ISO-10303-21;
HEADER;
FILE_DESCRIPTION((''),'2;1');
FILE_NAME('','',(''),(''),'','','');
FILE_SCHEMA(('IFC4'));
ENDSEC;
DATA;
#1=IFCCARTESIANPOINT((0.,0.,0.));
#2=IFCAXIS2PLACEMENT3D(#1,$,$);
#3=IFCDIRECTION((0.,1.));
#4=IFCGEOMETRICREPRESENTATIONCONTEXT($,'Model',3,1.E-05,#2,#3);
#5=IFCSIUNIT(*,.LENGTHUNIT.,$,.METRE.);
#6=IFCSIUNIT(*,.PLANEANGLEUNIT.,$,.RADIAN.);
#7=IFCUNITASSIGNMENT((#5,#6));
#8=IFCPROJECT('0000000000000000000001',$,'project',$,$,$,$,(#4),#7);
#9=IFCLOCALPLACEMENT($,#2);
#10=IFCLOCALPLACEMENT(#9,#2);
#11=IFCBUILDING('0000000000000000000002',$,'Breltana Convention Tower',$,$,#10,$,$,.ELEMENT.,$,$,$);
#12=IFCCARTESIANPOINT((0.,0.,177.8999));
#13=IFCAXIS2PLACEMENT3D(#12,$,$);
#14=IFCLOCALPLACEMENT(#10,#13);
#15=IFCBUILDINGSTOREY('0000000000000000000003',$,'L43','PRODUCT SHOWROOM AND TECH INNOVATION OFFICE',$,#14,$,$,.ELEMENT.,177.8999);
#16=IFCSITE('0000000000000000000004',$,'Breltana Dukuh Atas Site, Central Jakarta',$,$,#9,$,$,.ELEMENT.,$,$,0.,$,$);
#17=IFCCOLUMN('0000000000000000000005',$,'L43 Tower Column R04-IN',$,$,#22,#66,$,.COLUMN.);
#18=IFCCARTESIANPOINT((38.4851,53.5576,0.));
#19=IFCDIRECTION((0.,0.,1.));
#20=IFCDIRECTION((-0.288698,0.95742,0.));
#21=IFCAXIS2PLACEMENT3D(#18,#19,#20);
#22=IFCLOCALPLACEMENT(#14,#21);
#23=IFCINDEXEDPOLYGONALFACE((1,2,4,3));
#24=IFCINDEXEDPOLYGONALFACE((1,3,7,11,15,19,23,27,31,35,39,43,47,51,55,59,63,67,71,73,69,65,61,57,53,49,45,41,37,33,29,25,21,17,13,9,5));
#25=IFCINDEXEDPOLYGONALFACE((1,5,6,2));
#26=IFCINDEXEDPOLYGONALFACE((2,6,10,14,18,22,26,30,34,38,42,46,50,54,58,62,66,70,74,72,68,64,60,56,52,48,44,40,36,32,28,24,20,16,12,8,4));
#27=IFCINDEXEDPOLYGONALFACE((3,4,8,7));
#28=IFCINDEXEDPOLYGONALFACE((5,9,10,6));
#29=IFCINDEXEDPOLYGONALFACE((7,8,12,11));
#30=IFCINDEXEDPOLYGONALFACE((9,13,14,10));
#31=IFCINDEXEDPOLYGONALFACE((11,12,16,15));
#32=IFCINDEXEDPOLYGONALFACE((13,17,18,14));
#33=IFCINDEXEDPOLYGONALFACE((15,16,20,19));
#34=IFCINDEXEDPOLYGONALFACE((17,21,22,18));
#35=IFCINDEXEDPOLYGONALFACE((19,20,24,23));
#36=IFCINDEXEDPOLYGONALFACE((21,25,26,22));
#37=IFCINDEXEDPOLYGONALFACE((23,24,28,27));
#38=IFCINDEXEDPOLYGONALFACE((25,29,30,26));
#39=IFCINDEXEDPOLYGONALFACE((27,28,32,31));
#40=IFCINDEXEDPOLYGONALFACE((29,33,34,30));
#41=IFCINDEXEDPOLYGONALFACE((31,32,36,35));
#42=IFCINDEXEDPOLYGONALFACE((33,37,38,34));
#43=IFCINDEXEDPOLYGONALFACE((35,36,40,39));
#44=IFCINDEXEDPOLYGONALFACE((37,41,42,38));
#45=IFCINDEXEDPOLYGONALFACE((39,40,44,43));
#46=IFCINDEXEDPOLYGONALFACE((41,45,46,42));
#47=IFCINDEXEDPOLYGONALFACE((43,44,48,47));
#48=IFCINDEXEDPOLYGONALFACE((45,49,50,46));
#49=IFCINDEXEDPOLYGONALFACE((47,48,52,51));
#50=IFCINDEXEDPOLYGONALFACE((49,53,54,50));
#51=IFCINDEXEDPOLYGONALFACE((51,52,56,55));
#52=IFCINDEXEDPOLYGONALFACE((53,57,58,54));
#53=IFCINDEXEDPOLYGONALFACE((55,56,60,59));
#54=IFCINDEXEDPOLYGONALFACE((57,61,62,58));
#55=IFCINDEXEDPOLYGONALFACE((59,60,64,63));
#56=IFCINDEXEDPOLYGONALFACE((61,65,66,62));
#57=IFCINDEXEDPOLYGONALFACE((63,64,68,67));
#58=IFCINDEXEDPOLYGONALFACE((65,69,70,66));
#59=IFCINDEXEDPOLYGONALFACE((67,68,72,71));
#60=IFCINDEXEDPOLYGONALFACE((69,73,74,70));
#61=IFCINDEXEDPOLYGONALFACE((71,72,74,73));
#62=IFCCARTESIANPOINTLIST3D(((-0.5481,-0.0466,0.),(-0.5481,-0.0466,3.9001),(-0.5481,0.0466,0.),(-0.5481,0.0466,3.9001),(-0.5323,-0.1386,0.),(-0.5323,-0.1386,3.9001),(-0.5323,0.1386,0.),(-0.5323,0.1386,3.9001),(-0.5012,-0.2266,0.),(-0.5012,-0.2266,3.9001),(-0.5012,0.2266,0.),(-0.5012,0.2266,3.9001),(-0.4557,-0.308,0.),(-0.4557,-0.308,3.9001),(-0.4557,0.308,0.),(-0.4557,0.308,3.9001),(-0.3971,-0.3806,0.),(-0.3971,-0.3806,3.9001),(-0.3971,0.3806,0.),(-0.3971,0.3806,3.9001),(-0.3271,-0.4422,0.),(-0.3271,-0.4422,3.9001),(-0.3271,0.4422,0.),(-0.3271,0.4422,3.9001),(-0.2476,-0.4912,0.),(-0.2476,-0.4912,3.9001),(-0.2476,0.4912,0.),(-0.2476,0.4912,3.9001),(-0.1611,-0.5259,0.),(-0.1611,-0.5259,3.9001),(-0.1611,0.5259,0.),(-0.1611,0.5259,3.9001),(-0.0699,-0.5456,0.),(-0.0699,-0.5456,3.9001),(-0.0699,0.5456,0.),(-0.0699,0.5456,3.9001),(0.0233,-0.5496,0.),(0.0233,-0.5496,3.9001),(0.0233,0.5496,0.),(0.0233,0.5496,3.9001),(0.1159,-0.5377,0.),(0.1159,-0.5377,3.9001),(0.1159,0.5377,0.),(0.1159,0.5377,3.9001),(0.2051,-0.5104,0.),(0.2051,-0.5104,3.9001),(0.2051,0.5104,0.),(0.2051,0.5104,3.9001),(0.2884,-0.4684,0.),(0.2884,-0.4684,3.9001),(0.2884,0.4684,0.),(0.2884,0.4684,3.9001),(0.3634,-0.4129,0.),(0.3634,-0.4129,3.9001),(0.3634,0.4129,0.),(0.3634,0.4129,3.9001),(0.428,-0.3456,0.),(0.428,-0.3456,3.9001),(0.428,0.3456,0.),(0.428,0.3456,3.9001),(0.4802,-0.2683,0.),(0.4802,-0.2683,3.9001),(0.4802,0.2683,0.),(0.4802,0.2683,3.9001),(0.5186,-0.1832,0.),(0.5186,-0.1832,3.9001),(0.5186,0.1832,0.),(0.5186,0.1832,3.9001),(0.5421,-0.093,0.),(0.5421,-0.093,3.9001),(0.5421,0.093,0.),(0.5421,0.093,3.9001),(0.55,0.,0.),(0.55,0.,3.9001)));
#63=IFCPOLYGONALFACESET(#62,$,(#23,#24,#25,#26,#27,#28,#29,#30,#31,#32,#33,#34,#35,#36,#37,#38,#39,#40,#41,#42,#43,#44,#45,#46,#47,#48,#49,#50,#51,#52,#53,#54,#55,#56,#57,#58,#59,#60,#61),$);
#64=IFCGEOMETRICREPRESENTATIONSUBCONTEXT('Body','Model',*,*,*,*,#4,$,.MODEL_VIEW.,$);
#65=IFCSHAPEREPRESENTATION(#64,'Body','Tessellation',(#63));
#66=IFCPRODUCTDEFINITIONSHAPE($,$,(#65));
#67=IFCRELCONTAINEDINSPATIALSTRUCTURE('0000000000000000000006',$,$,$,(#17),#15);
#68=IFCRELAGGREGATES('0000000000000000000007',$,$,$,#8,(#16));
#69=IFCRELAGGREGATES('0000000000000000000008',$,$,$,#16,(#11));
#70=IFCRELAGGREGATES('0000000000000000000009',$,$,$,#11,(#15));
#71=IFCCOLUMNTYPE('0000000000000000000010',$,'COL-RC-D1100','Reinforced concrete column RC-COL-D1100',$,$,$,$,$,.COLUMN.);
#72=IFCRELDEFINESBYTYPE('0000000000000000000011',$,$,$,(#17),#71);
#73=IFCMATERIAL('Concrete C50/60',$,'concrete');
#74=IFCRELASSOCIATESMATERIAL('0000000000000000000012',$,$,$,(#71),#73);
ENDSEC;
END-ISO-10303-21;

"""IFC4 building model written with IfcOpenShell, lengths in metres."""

from ifc_helpers import new_model, si_unit, direction, frame, origin, origin_2d, place, context, subcontext, project, spatial, circle, extrude, source, transform, mapped, material, material_profile, profile_set, type_object, element, save


model = new_model("IFC4")

# Units and contexts
model_context = context("Model", 3, precision=1e-05, world=origin(), true_north=direction((0.0, 1.0)))
body_context = subcontext(model_context, "Body", "Model", "MODEL_VIEW")
ifc_project = project(units=[si_unit("LENGTHUNIT", "METRE"), si_unit("PLANEANGLEUNIT", "RADIAN")], contexts=[model_context])

# Site, building, storey
site_placement = place(None, origin())
site = spatial("IfcSite", under=ifc_project, at=site_placement, Name="Breltana Dukuh Atas Site, Central Jakarta", CompositionType="ELEMENT", RefElevation=0.0)
building_placement = place(site_placement, origin())
building = spatial("IfcBuilding", under=site, at=building_placement, Name="Breltana Convention Tower", CompositionType="ELEMENT")
storey_placement = place(building_placement, frame((0.0, 0.0, 177.8999)))
storey = spatial("IfcBuildingStorey", under=building, at=storey_placement, Name="L43", Description="PRODUCT SHOWROOM AND TECH INNOVATION OFFICE", CompositionType="ELEMENT", Elevation=177.8999)

# Column
ifc_material_1 = material(Name="Concrete C50/60", Category="concrete")
ifc_material_profile_1 = material_profile(ifc_material_1, circle(Radius=0.55, at=origin_2d()), Name="RC-COL-D1100")
ifc_profile_set_1 = profile_set([ifc_material_profile_1], Name="Concrete C50/60")
column_type = type_object("IfcColumnType", Name="COL-RC-D1100", Description="Reinforced concrete column RC-COL-D1100", PredefinedType="COLUMN", material=ifc_profile_set_1)
shared_shape_1 = source(origin(), body_context, "Body", "SweptSolid", [
    extrude(circle(Radius=0.55, at=origin_2d()), origin(), (0.0, 0.0, 1.0), 3.9001),
])
for number, where, z_axis, x_axis, name in (
    (1, (38.4851, 53.5576, 0.0), (0.0, 0.0, 1.0), (-0.288698, 0.95742, 0.0), "L43 Tower Column R04-IN"),
):
    element("IfcColumn", number, at=place(storey_placement, frame(where, z_axis=z_axis, x_axis=x_axis)), inside=storey, type_object=column_type, Name=name, PredefinedType="COLUMN", context=body_context, shape_type="MappedRepresentation", body=[
        mapped(shared_shape_1, transform((0.0, 0.0, 0.0), scale=1.0)),
    ])

save(model, "model.ifc")
